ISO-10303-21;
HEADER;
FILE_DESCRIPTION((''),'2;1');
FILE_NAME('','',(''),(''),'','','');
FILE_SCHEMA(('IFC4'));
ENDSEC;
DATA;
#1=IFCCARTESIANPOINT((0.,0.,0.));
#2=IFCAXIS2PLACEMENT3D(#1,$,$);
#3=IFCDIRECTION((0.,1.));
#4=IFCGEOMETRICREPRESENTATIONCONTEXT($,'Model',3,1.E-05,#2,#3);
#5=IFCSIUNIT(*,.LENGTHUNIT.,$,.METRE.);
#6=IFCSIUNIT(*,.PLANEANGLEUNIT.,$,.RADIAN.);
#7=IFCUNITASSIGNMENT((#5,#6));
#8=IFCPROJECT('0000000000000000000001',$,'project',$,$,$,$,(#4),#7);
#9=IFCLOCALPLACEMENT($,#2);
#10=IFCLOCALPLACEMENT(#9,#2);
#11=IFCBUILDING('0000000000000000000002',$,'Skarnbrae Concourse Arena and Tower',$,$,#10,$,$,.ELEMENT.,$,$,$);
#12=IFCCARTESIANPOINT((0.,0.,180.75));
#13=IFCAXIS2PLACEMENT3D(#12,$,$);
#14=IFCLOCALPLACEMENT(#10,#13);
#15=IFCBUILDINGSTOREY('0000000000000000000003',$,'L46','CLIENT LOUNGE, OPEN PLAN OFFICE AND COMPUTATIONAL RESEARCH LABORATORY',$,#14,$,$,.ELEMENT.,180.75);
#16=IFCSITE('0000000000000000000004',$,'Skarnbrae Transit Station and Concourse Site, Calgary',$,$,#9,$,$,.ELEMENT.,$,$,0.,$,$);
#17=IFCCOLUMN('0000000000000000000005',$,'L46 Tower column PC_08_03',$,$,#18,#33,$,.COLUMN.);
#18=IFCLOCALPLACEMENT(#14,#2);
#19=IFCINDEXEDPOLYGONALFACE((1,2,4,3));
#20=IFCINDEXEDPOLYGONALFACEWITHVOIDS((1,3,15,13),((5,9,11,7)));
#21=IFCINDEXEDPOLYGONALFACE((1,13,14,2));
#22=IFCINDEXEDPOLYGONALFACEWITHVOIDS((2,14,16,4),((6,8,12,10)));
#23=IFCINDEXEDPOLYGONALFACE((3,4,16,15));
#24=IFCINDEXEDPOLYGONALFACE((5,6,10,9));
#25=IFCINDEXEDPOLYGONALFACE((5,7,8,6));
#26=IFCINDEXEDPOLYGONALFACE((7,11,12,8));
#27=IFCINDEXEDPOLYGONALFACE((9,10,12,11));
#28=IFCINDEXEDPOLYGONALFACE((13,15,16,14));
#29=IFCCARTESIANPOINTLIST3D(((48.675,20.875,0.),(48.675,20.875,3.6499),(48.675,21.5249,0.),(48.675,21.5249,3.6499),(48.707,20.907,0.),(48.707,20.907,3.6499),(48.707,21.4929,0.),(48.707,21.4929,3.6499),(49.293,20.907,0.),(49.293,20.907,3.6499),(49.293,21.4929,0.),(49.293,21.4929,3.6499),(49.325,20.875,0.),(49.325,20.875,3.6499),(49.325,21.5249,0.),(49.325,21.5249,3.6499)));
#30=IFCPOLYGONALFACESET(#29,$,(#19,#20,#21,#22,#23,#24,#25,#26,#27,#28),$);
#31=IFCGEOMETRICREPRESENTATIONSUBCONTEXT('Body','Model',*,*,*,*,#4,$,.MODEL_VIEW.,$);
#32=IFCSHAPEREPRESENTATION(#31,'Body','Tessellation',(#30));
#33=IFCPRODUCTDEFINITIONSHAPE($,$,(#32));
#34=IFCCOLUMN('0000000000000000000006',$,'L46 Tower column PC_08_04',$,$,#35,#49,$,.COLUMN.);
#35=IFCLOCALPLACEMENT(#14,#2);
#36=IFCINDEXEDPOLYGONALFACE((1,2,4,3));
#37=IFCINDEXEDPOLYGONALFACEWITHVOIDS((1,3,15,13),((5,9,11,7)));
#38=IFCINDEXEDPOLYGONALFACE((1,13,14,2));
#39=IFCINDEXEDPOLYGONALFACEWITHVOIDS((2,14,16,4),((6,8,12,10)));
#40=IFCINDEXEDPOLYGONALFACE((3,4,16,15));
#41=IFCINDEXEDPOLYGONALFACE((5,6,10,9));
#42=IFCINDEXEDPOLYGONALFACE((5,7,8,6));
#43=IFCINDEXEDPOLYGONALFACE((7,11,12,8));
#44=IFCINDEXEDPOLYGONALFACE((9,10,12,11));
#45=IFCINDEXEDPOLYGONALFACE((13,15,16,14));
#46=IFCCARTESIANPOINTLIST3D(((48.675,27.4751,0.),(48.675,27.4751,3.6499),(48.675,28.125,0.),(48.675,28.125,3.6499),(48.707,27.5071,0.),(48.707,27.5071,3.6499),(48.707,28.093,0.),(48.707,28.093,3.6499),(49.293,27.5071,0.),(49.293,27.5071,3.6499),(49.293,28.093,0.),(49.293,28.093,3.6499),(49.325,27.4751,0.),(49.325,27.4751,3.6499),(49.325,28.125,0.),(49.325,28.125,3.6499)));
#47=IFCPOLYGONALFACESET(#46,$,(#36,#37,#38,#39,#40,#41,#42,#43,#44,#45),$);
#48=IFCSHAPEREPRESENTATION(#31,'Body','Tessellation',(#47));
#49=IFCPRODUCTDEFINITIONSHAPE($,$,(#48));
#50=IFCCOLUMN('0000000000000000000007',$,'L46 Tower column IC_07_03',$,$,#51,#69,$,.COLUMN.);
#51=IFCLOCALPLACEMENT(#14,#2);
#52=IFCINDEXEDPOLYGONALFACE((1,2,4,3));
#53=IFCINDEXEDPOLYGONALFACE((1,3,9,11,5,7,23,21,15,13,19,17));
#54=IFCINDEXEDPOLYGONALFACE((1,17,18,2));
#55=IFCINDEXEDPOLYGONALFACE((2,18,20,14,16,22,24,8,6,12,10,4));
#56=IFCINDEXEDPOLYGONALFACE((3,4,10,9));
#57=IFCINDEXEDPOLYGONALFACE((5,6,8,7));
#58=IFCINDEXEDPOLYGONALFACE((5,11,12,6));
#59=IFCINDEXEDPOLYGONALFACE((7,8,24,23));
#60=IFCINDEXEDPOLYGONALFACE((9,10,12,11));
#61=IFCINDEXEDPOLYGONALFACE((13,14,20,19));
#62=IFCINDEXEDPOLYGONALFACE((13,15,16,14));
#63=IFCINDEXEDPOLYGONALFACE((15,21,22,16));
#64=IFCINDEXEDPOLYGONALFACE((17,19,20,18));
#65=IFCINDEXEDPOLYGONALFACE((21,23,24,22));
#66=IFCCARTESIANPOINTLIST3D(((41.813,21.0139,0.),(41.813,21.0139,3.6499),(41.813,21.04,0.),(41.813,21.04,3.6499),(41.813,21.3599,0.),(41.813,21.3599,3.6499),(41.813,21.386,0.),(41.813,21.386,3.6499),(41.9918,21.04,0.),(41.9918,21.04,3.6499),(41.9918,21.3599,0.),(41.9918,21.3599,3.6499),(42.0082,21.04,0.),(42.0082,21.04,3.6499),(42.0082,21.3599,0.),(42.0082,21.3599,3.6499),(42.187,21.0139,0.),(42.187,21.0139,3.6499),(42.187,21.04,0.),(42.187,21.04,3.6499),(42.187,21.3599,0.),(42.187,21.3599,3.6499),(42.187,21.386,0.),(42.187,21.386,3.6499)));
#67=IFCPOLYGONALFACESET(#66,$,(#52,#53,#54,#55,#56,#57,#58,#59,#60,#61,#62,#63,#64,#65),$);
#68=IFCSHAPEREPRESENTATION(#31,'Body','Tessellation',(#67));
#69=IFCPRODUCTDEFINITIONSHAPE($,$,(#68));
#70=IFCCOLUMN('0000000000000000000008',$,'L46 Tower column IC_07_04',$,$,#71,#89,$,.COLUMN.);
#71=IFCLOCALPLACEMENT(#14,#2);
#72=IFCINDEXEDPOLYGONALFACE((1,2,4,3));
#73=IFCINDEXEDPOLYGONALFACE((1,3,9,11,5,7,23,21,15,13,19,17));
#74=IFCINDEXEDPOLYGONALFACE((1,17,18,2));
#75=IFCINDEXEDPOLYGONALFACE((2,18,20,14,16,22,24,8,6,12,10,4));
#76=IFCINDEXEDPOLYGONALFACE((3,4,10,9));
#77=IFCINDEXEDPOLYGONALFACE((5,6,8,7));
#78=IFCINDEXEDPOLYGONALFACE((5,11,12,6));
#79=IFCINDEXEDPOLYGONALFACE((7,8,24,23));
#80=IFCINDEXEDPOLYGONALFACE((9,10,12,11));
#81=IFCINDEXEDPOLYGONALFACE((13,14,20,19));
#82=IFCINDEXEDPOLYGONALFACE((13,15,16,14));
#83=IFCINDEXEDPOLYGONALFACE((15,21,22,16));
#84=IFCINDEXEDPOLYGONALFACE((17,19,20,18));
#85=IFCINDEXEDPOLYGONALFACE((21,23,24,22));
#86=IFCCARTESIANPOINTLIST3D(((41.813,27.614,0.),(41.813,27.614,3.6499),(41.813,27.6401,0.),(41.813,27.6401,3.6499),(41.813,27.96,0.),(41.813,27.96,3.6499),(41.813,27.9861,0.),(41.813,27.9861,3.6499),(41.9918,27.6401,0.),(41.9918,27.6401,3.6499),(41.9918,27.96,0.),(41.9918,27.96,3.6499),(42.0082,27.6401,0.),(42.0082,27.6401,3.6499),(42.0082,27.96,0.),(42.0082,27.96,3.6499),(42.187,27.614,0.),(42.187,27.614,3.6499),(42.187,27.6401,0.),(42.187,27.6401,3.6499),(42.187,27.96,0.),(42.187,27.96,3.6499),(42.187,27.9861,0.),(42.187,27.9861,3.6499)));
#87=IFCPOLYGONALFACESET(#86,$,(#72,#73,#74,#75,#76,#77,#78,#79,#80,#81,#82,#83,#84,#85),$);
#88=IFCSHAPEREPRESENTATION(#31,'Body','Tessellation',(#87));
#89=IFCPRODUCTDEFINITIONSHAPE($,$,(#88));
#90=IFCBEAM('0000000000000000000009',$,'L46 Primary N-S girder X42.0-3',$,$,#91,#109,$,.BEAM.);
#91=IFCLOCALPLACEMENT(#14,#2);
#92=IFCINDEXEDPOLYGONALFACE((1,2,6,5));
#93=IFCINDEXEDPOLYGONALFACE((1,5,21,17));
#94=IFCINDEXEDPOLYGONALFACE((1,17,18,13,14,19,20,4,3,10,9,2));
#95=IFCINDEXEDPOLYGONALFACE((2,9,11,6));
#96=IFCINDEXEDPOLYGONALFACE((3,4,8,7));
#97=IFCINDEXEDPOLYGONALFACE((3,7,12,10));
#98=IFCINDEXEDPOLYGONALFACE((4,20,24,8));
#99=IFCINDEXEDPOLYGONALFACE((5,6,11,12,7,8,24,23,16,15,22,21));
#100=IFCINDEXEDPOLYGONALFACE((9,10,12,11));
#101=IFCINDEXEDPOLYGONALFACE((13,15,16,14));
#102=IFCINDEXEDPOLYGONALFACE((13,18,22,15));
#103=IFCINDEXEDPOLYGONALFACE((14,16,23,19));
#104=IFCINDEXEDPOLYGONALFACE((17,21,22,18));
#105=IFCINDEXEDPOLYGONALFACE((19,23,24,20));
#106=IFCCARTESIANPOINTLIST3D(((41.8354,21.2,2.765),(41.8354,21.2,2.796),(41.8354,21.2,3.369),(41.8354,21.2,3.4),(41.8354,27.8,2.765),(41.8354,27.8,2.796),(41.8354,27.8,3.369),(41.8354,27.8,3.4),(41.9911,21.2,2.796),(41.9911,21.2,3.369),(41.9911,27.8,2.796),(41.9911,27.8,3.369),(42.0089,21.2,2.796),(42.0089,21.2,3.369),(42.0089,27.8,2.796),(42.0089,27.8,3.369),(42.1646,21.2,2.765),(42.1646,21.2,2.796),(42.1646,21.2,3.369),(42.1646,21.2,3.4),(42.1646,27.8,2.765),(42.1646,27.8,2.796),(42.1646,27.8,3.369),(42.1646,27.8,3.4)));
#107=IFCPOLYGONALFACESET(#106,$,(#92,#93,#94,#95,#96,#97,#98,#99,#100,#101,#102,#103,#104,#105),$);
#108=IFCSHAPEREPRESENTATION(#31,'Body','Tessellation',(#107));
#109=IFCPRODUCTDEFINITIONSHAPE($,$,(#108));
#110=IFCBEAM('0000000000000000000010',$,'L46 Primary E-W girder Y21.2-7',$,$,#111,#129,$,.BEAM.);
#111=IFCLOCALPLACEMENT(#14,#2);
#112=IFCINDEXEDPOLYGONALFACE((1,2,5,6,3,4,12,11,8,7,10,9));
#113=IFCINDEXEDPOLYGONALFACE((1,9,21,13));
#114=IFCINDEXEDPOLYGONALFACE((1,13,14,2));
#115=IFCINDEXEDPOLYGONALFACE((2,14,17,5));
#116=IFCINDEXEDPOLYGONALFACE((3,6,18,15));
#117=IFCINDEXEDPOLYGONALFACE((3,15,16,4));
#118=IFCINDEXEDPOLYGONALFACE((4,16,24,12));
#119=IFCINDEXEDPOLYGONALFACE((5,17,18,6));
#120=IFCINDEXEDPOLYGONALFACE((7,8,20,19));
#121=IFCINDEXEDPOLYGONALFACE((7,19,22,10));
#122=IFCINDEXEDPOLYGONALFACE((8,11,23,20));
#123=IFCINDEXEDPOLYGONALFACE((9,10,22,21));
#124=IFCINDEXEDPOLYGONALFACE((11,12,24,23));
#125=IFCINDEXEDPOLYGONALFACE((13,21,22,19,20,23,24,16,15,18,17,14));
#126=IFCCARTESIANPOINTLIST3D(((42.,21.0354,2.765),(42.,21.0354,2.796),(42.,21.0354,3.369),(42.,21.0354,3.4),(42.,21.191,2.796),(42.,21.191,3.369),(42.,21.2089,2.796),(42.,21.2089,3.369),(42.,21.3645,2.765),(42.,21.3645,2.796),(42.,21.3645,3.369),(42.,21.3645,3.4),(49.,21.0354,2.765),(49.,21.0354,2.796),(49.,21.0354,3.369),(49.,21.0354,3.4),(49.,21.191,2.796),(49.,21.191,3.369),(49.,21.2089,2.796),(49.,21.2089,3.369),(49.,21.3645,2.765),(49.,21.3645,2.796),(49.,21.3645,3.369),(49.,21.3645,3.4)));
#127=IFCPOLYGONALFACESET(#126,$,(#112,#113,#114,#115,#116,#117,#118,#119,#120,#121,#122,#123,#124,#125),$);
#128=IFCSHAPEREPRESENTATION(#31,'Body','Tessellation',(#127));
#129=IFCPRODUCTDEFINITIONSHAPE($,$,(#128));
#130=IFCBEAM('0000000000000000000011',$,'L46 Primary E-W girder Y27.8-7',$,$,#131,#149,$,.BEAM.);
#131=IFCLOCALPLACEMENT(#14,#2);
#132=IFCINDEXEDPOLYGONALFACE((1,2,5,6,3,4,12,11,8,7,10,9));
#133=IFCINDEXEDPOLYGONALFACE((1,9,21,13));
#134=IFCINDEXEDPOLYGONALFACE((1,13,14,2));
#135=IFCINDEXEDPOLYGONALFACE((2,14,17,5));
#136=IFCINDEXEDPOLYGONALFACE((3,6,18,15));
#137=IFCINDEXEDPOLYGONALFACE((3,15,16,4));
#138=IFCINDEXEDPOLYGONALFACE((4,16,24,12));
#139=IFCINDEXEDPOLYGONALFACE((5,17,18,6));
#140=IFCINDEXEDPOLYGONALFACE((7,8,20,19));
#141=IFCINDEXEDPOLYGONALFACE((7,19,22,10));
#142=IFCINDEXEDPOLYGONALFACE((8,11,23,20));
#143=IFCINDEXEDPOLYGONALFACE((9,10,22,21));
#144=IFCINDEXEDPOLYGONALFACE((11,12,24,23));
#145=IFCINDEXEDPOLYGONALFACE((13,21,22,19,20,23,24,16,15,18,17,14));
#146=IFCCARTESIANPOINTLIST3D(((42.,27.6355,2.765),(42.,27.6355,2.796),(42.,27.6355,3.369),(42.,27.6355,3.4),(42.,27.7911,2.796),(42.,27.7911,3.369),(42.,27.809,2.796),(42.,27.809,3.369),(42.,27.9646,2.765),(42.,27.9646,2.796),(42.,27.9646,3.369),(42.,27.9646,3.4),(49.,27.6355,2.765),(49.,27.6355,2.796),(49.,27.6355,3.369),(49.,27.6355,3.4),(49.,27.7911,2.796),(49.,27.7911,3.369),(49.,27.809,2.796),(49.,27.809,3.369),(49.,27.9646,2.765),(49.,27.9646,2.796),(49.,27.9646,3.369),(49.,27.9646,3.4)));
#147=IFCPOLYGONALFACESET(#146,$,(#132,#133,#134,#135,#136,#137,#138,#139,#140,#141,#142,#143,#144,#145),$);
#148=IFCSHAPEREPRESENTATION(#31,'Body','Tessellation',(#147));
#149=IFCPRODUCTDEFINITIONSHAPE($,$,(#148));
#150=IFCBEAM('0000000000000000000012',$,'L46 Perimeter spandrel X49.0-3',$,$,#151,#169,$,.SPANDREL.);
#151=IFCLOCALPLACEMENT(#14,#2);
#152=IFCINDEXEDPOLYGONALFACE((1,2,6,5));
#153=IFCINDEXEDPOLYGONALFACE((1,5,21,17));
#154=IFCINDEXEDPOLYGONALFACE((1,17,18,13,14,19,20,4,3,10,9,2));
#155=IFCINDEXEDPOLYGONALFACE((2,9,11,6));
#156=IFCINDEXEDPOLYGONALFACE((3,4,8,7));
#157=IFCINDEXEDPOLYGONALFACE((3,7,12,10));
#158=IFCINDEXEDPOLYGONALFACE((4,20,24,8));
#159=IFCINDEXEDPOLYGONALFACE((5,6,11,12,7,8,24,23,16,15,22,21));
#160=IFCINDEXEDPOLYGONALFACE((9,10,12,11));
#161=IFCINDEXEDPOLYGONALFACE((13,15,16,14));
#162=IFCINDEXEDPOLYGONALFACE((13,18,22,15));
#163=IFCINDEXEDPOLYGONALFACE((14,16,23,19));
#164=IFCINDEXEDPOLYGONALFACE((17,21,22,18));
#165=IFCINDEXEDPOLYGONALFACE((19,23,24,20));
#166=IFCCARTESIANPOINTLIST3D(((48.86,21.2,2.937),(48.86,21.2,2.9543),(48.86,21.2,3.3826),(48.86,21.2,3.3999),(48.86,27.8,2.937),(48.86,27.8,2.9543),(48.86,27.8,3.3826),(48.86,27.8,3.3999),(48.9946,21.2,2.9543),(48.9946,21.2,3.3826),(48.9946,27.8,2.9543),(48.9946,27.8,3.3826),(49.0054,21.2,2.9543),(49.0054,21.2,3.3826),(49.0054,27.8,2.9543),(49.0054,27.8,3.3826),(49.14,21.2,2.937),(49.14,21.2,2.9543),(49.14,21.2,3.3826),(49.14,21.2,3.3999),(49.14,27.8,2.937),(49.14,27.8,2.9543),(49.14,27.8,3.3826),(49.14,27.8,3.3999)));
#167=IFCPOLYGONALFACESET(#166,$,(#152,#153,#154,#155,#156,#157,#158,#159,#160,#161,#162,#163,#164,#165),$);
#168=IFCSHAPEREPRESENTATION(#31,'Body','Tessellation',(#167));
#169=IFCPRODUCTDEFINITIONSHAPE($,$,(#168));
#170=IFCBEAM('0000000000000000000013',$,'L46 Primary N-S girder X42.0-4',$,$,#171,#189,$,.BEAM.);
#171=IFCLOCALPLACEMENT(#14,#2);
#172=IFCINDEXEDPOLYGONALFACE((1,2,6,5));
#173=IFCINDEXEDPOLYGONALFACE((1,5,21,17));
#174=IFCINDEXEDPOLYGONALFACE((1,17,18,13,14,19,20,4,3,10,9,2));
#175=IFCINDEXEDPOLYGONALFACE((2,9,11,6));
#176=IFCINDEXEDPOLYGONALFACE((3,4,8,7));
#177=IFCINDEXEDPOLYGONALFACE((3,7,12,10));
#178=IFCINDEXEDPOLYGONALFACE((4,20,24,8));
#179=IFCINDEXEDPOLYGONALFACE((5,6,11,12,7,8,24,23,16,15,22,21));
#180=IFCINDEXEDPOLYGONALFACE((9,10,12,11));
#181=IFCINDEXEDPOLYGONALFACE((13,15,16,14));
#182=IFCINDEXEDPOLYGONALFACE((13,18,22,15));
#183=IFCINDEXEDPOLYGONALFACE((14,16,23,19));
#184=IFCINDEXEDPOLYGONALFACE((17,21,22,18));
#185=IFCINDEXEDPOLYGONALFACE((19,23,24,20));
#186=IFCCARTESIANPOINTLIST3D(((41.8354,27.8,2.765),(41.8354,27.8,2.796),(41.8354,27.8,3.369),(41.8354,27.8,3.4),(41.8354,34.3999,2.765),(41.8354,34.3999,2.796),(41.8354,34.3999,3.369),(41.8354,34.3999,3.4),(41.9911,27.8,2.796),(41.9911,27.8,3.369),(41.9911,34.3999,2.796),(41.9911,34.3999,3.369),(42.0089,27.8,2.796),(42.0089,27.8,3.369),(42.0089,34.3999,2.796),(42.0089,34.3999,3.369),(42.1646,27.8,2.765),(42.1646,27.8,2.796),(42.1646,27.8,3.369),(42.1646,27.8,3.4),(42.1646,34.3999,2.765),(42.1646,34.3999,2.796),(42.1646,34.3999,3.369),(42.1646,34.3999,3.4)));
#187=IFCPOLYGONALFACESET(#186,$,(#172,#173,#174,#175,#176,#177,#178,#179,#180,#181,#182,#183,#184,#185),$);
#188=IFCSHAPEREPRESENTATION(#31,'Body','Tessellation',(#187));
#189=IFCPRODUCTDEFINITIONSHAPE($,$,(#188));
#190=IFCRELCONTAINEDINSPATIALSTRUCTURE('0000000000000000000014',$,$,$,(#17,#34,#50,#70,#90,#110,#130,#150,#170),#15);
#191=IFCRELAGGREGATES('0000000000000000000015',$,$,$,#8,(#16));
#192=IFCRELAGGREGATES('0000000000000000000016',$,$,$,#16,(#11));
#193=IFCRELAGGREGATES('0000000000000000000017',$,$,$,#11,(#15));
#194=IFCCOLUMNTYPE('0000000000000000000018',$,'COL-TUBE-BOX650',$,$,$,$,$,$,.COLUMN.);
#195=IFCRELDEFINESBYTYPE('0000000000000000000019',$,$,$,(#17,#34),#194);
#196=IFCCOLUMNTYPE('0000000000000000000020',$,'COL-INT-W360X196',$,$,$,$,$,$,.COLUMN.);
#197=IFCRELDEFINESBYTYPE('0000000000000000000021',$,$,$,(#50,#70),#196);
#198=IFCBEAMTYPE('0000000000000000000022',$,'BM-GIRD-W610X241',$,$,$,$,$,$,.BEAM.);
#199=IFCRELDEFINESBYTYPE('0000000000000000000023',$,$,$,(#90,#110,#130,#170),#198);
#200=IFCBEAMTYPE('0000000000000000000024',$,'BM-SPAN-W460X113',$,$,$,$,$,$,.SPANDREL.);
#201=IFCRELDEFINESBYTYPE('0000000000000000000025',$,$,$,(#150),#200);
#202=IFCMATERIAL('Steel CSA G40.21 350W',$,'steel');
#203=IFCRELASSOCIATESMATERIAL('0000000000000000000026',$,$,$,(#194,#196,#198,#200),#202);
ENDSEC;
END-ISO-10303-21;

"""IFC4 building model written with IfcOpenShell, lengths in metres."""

from ifc_helpers import new_model, si_unit, direction, frame, origin, origin_2d, place, context, subcontext, project, spatial, hollow_rectangle, i_section, extrude, source, transform, mapped, material, material_profile, profile_set, type_object, element, save


model = new_model("IFC4")

# Units and contexts
model_context = context("Model", 3, precision=1e-05, world=origin(), true_north=direction((0.0, 1.0)))
body_context = subcontext(model_context, "Body", "Model", "MODEL_VIEW")
ifc_project = project(units=[si_unit("LENGTHUNIT", "METRE"), si_unit("PLANEANGLEUNIT", "RADIAN")], contexts=[model_context])

# Site, building, storey
site_placement = place(None, origin())
site = spatial("IfcSite", under=ifc_project, at=site_placement, Name="Skarnbrae Transit Station and Concourse Site, Calgary", CompositionType="ELEMENT", RefElevation=0.0)
building_placement = place(site_placement, origin())
building = spatial("IfcBuilding", under=site, at=building_placement, Name="Skarnbrae Concourse Arena and Tower", CompositionType="ELEMENT")
storey_placement = place(building_placement, frame((0.0, 0.0, 180.75)))
storey = spatial("IfcBuildingStorey", under=building, at=storey_placement, Name="L46", Description="CLIENT LOUNGE, OPEN PLAN OFFICE AND COMPUTATIONAL RESEARCH LABORATORY", CompositionType="ELEMENT", Elevation=180.75)

# Columns
ifc_material_1 = material(Name="Steel CSA G40.21 350W", Category="steel")
ifc_material_profile_1 = material_profile(ifc_material_1, hollow_rectangle(XDim=0.6499, YDim=0.6499, WallThickness=0.032, at=origin_2d()), Name="BOX650X650X32")
ifc_profile_set_1 = profile_set([ifc_material_profile_1], Name="Steel CSA G40.21 350W")
column_type_1 = type_object("IfcColumnType", Name="COL-TUBE-BOX650", PredefinedType="COLUMN", material=ifc_profile_set_1)
shared_shape_1 = source(origin(), body_context, "Body", "SweptSolid", [
    extrude(hollow_rectangle(XDim=0.6499, YDim=0.6499, WallThickness=0.032, at=origin_2d()), origin(), (0.0, 0.0, 1.0), 3.6499),
])
for number, where, z_axis, x_axis, name in (
    (1, (49.0, 21.2, 0.0), (0.0, 0.0, 1.0), (1.0, 0.0, 0.0), "L46 Tower column PC_08_03"),
    (2, (49.0, 27.8, 0.0), (0.0, 0.0, 1.0), (1.0, 0.0, 0.0), "L46 Tower column PC_08_04"),
):
    element("IfcColumn", number, at=place(storey_placement, frame(where, z_axis=z_axis, x_axis=x_axis)), inside=storey, type_object=column_type_1, Name=name, PredefinedType="COLUMN", context=body_context, shape_type="MappedRepresentation", body=[
        mapped(shared_shape_1, transform((0.0, 0.0, 0.0))),
    ])
ifc_material_profile_2 = material_profile(ifc_material_1, i_section(OverallWidth=0.374, OverallDepth=0.3721, WebThickness=0.0164, FlangeThickness=0.0261, at=origin_2d()), Name="W360X196")
ifc_profile_set_2 = profile_set([ifc_material_profile_2], Name="Steel CSA G40.21 350W")
column_type_2 = type_object("IfcColumnType", Name="COL-INT-W360X196", PredefinedType="COLUMN", material=ifc_profile_set_2)
shared_shape_2 = source(origin(), body_context, "Body", "SweptSolid", [
    extrude(i_section(OverallWidth=0.374, OverallDepth=0.3721, WebThickness=0.0164, FlangeThickness=0.0261, at=origin_2d()), origin(), (0.0, 0.0, 1.0), 3.6499),
])
for number, where, z_axis, x_axis, name in (
    (3, (42.0, 21.2, 0.0), (0.0, 0.0, 1.0), (1.0, 0.0, 0.0), "L46 Tower column IC_07_03"),
    (4, (42.0, 27.8, 0.0), (0.0, 0.0, 1.0), (1.0, 0.0, 0.0), "L46 Tower column IC_07_04"),
):
    element("IfcColumn", number, at=place(storey_placement, frame(where, z_axis=z_axis, x_axis=x_axis)), inside=storey, type_object=column_type_2, Name=name, PredefinedType="COLUMN", context=body_context, shape_type="MappedRepresentation", body=[
        mapped(shared_shape_2, transform((0.0, 0.0, 0.0))),
    ])

# Beams
ifc_material_profile_3 = material_profile(ifc_material_1, i_section(OverallWidth=0.3291, OverallDepth=0.635, WebThickness=0.0178, FlangeThickness=0.031, at=origin_2d()), Name="W610X241")
ifc_profile_set_3 = profile_set([ifc_material_profile_3], Name="Steel CSA G40.21 350W")
beam_type_1 = type_object("IfcBeamType", Name="BM-GIRD-W610X241", PredefinedType="BEAM", material=ifc_profile_set_3)
shared_shape_3 = source(origin(), body_context, "Body", "SweptSolid", [
    extrude(i_section(OverallWidth=0.3291, OverallDepth=0.635, WebThickness=0.0178, FlangeThickness=0.031, at=origin_2d()), origin(), (0.0, 0.0, 1.0), 6.6001),
])
beam_1_placement = place(storey_placement, frame((42.0, 21.2, 3.0825), z_axis=(0.0, 1.0, 0.0), x_axis=(-1.0, 0.0, 0.0)))
element("IfcBeam", 5, at=beam_1_placement, inside=storey, type_object=beam_type_1, Name="L46 Primary N-S girder X42.0-3", PredefinedType="BEAM", context=body_context, shape_type="MappedRepresentation", body=[
    mapped(shared_shape_3, transform((0.0, 0.0, 0.0))),
])
shared_shape_4 = source(origin(), body_context, "Body", "SweptSolid", [
    extrude(i_section(OverallWidth=0.3291, OverallDepth=0.635, WebThickness=0.0178, FlangeThickness=0.031, at=origin_2d()), origin(), (0.0, 0.0, 1.0), 7.0),
])
for number, where, z_axis, x_axis, name in (
    (6, (42.0, 21.2, 3.0825), (1.0, 0.0, 0.0), (0.0, 1.0, 0.0), "L46 Primary E-W girder Y21.2-7"),
    (7, (42.0, 27.8, 3.0825), (1.0, 0.0, 0.0), (0.0, 1.0, 0.0), "L46 Primary E-W girder Y27.8-7"),
):
    element("IfcBeam", number, at=place(storey_placement, frame(where, z_axis=z_axis, x_axis=x_axis)), inside=storey, type_object=beam_type_1, Name=name, PredefinedType="BEAM", context=body_context, shape_type="MappedRepresentation", body=[
        mapped(shared_shape_4, transform((0.0, 0.0, 0.0))),
    ])
ifc_material_profile_4 = material_profile(ifc_material_1, i_section(OverallWidth=0.28, OverallDepth=0.4629, WebThickness=0.0107, FlangeThickness=0.0173, at=origin_2d()), Name="W460X113")
ifc_profile_set_4 = profile_set([ifc_material_profile_4], Name="Steel CSA G40.21 350W")
beam_type_2 = type_object("IfcBeamType", Name="BM-SPAN-W460X113", PredefinedType="SPANDREL", material=ifc_profile_set_4)
shared_shape_5 = source(origin(), body_context, "Body", "SweptSolid", [
    extrude(i_section(OverallWidth=0.28, OverallDepth=0.4629, WebThickness=0.0107, FlangeThickness=0.0173, at=origin_2d()), origin(), (0.0, 0.0, 1.0), 6.6001),
])
beam_2_placement = place(storey_placement, frame((49.0, 21.2, 3.1685), z_axis=(0.0, 1.0, 0.0), x_axis=(-1.0, 0.0, 0.0)))
element("IfcBeam", 8, at=beam_2_placement, inside=storey, type_object=beam_type_2, Name="L46 Perimeter spandrel X49.0-3", PredefinedType="SPANDREL", context=body_context, shape_type="MappedRepresentation", body=[
    mapped(shared_shape_5, transform((0.0, 0.0, 0.0))),
])
shared_shape_6 = source(origin(), body_context, "Body", "SweptSolid", [
    extrude(i_section(OverallWidth=0.3291, OverallDepth=0.635, WebThickness=0.0178, FlangeThickness=0.031, at=origin_2d()), origin(), (0.0, 0.0, 1.0), 6.5999),
])
beam_3_placement = place(storey_placement, frame((42.0, 27.8, 3.0825), z_axis=(0.0, 1.0, 0.0), x_axis=(-1.0, 0.0, 0.0)))
element("IfcBeam", 9, at=beam_3_placement, inside=storey, type_object=beam_type_1, Name="L46 Primary N-S girder X42.0-4", PredefinedType="BEAM", context=body_context, shape_type="MappedRepresentation", body=[
    mapped(shared_shape_6, transform((0.0, 0.0, 0.0))),
])

save(model, "model.ifc")
